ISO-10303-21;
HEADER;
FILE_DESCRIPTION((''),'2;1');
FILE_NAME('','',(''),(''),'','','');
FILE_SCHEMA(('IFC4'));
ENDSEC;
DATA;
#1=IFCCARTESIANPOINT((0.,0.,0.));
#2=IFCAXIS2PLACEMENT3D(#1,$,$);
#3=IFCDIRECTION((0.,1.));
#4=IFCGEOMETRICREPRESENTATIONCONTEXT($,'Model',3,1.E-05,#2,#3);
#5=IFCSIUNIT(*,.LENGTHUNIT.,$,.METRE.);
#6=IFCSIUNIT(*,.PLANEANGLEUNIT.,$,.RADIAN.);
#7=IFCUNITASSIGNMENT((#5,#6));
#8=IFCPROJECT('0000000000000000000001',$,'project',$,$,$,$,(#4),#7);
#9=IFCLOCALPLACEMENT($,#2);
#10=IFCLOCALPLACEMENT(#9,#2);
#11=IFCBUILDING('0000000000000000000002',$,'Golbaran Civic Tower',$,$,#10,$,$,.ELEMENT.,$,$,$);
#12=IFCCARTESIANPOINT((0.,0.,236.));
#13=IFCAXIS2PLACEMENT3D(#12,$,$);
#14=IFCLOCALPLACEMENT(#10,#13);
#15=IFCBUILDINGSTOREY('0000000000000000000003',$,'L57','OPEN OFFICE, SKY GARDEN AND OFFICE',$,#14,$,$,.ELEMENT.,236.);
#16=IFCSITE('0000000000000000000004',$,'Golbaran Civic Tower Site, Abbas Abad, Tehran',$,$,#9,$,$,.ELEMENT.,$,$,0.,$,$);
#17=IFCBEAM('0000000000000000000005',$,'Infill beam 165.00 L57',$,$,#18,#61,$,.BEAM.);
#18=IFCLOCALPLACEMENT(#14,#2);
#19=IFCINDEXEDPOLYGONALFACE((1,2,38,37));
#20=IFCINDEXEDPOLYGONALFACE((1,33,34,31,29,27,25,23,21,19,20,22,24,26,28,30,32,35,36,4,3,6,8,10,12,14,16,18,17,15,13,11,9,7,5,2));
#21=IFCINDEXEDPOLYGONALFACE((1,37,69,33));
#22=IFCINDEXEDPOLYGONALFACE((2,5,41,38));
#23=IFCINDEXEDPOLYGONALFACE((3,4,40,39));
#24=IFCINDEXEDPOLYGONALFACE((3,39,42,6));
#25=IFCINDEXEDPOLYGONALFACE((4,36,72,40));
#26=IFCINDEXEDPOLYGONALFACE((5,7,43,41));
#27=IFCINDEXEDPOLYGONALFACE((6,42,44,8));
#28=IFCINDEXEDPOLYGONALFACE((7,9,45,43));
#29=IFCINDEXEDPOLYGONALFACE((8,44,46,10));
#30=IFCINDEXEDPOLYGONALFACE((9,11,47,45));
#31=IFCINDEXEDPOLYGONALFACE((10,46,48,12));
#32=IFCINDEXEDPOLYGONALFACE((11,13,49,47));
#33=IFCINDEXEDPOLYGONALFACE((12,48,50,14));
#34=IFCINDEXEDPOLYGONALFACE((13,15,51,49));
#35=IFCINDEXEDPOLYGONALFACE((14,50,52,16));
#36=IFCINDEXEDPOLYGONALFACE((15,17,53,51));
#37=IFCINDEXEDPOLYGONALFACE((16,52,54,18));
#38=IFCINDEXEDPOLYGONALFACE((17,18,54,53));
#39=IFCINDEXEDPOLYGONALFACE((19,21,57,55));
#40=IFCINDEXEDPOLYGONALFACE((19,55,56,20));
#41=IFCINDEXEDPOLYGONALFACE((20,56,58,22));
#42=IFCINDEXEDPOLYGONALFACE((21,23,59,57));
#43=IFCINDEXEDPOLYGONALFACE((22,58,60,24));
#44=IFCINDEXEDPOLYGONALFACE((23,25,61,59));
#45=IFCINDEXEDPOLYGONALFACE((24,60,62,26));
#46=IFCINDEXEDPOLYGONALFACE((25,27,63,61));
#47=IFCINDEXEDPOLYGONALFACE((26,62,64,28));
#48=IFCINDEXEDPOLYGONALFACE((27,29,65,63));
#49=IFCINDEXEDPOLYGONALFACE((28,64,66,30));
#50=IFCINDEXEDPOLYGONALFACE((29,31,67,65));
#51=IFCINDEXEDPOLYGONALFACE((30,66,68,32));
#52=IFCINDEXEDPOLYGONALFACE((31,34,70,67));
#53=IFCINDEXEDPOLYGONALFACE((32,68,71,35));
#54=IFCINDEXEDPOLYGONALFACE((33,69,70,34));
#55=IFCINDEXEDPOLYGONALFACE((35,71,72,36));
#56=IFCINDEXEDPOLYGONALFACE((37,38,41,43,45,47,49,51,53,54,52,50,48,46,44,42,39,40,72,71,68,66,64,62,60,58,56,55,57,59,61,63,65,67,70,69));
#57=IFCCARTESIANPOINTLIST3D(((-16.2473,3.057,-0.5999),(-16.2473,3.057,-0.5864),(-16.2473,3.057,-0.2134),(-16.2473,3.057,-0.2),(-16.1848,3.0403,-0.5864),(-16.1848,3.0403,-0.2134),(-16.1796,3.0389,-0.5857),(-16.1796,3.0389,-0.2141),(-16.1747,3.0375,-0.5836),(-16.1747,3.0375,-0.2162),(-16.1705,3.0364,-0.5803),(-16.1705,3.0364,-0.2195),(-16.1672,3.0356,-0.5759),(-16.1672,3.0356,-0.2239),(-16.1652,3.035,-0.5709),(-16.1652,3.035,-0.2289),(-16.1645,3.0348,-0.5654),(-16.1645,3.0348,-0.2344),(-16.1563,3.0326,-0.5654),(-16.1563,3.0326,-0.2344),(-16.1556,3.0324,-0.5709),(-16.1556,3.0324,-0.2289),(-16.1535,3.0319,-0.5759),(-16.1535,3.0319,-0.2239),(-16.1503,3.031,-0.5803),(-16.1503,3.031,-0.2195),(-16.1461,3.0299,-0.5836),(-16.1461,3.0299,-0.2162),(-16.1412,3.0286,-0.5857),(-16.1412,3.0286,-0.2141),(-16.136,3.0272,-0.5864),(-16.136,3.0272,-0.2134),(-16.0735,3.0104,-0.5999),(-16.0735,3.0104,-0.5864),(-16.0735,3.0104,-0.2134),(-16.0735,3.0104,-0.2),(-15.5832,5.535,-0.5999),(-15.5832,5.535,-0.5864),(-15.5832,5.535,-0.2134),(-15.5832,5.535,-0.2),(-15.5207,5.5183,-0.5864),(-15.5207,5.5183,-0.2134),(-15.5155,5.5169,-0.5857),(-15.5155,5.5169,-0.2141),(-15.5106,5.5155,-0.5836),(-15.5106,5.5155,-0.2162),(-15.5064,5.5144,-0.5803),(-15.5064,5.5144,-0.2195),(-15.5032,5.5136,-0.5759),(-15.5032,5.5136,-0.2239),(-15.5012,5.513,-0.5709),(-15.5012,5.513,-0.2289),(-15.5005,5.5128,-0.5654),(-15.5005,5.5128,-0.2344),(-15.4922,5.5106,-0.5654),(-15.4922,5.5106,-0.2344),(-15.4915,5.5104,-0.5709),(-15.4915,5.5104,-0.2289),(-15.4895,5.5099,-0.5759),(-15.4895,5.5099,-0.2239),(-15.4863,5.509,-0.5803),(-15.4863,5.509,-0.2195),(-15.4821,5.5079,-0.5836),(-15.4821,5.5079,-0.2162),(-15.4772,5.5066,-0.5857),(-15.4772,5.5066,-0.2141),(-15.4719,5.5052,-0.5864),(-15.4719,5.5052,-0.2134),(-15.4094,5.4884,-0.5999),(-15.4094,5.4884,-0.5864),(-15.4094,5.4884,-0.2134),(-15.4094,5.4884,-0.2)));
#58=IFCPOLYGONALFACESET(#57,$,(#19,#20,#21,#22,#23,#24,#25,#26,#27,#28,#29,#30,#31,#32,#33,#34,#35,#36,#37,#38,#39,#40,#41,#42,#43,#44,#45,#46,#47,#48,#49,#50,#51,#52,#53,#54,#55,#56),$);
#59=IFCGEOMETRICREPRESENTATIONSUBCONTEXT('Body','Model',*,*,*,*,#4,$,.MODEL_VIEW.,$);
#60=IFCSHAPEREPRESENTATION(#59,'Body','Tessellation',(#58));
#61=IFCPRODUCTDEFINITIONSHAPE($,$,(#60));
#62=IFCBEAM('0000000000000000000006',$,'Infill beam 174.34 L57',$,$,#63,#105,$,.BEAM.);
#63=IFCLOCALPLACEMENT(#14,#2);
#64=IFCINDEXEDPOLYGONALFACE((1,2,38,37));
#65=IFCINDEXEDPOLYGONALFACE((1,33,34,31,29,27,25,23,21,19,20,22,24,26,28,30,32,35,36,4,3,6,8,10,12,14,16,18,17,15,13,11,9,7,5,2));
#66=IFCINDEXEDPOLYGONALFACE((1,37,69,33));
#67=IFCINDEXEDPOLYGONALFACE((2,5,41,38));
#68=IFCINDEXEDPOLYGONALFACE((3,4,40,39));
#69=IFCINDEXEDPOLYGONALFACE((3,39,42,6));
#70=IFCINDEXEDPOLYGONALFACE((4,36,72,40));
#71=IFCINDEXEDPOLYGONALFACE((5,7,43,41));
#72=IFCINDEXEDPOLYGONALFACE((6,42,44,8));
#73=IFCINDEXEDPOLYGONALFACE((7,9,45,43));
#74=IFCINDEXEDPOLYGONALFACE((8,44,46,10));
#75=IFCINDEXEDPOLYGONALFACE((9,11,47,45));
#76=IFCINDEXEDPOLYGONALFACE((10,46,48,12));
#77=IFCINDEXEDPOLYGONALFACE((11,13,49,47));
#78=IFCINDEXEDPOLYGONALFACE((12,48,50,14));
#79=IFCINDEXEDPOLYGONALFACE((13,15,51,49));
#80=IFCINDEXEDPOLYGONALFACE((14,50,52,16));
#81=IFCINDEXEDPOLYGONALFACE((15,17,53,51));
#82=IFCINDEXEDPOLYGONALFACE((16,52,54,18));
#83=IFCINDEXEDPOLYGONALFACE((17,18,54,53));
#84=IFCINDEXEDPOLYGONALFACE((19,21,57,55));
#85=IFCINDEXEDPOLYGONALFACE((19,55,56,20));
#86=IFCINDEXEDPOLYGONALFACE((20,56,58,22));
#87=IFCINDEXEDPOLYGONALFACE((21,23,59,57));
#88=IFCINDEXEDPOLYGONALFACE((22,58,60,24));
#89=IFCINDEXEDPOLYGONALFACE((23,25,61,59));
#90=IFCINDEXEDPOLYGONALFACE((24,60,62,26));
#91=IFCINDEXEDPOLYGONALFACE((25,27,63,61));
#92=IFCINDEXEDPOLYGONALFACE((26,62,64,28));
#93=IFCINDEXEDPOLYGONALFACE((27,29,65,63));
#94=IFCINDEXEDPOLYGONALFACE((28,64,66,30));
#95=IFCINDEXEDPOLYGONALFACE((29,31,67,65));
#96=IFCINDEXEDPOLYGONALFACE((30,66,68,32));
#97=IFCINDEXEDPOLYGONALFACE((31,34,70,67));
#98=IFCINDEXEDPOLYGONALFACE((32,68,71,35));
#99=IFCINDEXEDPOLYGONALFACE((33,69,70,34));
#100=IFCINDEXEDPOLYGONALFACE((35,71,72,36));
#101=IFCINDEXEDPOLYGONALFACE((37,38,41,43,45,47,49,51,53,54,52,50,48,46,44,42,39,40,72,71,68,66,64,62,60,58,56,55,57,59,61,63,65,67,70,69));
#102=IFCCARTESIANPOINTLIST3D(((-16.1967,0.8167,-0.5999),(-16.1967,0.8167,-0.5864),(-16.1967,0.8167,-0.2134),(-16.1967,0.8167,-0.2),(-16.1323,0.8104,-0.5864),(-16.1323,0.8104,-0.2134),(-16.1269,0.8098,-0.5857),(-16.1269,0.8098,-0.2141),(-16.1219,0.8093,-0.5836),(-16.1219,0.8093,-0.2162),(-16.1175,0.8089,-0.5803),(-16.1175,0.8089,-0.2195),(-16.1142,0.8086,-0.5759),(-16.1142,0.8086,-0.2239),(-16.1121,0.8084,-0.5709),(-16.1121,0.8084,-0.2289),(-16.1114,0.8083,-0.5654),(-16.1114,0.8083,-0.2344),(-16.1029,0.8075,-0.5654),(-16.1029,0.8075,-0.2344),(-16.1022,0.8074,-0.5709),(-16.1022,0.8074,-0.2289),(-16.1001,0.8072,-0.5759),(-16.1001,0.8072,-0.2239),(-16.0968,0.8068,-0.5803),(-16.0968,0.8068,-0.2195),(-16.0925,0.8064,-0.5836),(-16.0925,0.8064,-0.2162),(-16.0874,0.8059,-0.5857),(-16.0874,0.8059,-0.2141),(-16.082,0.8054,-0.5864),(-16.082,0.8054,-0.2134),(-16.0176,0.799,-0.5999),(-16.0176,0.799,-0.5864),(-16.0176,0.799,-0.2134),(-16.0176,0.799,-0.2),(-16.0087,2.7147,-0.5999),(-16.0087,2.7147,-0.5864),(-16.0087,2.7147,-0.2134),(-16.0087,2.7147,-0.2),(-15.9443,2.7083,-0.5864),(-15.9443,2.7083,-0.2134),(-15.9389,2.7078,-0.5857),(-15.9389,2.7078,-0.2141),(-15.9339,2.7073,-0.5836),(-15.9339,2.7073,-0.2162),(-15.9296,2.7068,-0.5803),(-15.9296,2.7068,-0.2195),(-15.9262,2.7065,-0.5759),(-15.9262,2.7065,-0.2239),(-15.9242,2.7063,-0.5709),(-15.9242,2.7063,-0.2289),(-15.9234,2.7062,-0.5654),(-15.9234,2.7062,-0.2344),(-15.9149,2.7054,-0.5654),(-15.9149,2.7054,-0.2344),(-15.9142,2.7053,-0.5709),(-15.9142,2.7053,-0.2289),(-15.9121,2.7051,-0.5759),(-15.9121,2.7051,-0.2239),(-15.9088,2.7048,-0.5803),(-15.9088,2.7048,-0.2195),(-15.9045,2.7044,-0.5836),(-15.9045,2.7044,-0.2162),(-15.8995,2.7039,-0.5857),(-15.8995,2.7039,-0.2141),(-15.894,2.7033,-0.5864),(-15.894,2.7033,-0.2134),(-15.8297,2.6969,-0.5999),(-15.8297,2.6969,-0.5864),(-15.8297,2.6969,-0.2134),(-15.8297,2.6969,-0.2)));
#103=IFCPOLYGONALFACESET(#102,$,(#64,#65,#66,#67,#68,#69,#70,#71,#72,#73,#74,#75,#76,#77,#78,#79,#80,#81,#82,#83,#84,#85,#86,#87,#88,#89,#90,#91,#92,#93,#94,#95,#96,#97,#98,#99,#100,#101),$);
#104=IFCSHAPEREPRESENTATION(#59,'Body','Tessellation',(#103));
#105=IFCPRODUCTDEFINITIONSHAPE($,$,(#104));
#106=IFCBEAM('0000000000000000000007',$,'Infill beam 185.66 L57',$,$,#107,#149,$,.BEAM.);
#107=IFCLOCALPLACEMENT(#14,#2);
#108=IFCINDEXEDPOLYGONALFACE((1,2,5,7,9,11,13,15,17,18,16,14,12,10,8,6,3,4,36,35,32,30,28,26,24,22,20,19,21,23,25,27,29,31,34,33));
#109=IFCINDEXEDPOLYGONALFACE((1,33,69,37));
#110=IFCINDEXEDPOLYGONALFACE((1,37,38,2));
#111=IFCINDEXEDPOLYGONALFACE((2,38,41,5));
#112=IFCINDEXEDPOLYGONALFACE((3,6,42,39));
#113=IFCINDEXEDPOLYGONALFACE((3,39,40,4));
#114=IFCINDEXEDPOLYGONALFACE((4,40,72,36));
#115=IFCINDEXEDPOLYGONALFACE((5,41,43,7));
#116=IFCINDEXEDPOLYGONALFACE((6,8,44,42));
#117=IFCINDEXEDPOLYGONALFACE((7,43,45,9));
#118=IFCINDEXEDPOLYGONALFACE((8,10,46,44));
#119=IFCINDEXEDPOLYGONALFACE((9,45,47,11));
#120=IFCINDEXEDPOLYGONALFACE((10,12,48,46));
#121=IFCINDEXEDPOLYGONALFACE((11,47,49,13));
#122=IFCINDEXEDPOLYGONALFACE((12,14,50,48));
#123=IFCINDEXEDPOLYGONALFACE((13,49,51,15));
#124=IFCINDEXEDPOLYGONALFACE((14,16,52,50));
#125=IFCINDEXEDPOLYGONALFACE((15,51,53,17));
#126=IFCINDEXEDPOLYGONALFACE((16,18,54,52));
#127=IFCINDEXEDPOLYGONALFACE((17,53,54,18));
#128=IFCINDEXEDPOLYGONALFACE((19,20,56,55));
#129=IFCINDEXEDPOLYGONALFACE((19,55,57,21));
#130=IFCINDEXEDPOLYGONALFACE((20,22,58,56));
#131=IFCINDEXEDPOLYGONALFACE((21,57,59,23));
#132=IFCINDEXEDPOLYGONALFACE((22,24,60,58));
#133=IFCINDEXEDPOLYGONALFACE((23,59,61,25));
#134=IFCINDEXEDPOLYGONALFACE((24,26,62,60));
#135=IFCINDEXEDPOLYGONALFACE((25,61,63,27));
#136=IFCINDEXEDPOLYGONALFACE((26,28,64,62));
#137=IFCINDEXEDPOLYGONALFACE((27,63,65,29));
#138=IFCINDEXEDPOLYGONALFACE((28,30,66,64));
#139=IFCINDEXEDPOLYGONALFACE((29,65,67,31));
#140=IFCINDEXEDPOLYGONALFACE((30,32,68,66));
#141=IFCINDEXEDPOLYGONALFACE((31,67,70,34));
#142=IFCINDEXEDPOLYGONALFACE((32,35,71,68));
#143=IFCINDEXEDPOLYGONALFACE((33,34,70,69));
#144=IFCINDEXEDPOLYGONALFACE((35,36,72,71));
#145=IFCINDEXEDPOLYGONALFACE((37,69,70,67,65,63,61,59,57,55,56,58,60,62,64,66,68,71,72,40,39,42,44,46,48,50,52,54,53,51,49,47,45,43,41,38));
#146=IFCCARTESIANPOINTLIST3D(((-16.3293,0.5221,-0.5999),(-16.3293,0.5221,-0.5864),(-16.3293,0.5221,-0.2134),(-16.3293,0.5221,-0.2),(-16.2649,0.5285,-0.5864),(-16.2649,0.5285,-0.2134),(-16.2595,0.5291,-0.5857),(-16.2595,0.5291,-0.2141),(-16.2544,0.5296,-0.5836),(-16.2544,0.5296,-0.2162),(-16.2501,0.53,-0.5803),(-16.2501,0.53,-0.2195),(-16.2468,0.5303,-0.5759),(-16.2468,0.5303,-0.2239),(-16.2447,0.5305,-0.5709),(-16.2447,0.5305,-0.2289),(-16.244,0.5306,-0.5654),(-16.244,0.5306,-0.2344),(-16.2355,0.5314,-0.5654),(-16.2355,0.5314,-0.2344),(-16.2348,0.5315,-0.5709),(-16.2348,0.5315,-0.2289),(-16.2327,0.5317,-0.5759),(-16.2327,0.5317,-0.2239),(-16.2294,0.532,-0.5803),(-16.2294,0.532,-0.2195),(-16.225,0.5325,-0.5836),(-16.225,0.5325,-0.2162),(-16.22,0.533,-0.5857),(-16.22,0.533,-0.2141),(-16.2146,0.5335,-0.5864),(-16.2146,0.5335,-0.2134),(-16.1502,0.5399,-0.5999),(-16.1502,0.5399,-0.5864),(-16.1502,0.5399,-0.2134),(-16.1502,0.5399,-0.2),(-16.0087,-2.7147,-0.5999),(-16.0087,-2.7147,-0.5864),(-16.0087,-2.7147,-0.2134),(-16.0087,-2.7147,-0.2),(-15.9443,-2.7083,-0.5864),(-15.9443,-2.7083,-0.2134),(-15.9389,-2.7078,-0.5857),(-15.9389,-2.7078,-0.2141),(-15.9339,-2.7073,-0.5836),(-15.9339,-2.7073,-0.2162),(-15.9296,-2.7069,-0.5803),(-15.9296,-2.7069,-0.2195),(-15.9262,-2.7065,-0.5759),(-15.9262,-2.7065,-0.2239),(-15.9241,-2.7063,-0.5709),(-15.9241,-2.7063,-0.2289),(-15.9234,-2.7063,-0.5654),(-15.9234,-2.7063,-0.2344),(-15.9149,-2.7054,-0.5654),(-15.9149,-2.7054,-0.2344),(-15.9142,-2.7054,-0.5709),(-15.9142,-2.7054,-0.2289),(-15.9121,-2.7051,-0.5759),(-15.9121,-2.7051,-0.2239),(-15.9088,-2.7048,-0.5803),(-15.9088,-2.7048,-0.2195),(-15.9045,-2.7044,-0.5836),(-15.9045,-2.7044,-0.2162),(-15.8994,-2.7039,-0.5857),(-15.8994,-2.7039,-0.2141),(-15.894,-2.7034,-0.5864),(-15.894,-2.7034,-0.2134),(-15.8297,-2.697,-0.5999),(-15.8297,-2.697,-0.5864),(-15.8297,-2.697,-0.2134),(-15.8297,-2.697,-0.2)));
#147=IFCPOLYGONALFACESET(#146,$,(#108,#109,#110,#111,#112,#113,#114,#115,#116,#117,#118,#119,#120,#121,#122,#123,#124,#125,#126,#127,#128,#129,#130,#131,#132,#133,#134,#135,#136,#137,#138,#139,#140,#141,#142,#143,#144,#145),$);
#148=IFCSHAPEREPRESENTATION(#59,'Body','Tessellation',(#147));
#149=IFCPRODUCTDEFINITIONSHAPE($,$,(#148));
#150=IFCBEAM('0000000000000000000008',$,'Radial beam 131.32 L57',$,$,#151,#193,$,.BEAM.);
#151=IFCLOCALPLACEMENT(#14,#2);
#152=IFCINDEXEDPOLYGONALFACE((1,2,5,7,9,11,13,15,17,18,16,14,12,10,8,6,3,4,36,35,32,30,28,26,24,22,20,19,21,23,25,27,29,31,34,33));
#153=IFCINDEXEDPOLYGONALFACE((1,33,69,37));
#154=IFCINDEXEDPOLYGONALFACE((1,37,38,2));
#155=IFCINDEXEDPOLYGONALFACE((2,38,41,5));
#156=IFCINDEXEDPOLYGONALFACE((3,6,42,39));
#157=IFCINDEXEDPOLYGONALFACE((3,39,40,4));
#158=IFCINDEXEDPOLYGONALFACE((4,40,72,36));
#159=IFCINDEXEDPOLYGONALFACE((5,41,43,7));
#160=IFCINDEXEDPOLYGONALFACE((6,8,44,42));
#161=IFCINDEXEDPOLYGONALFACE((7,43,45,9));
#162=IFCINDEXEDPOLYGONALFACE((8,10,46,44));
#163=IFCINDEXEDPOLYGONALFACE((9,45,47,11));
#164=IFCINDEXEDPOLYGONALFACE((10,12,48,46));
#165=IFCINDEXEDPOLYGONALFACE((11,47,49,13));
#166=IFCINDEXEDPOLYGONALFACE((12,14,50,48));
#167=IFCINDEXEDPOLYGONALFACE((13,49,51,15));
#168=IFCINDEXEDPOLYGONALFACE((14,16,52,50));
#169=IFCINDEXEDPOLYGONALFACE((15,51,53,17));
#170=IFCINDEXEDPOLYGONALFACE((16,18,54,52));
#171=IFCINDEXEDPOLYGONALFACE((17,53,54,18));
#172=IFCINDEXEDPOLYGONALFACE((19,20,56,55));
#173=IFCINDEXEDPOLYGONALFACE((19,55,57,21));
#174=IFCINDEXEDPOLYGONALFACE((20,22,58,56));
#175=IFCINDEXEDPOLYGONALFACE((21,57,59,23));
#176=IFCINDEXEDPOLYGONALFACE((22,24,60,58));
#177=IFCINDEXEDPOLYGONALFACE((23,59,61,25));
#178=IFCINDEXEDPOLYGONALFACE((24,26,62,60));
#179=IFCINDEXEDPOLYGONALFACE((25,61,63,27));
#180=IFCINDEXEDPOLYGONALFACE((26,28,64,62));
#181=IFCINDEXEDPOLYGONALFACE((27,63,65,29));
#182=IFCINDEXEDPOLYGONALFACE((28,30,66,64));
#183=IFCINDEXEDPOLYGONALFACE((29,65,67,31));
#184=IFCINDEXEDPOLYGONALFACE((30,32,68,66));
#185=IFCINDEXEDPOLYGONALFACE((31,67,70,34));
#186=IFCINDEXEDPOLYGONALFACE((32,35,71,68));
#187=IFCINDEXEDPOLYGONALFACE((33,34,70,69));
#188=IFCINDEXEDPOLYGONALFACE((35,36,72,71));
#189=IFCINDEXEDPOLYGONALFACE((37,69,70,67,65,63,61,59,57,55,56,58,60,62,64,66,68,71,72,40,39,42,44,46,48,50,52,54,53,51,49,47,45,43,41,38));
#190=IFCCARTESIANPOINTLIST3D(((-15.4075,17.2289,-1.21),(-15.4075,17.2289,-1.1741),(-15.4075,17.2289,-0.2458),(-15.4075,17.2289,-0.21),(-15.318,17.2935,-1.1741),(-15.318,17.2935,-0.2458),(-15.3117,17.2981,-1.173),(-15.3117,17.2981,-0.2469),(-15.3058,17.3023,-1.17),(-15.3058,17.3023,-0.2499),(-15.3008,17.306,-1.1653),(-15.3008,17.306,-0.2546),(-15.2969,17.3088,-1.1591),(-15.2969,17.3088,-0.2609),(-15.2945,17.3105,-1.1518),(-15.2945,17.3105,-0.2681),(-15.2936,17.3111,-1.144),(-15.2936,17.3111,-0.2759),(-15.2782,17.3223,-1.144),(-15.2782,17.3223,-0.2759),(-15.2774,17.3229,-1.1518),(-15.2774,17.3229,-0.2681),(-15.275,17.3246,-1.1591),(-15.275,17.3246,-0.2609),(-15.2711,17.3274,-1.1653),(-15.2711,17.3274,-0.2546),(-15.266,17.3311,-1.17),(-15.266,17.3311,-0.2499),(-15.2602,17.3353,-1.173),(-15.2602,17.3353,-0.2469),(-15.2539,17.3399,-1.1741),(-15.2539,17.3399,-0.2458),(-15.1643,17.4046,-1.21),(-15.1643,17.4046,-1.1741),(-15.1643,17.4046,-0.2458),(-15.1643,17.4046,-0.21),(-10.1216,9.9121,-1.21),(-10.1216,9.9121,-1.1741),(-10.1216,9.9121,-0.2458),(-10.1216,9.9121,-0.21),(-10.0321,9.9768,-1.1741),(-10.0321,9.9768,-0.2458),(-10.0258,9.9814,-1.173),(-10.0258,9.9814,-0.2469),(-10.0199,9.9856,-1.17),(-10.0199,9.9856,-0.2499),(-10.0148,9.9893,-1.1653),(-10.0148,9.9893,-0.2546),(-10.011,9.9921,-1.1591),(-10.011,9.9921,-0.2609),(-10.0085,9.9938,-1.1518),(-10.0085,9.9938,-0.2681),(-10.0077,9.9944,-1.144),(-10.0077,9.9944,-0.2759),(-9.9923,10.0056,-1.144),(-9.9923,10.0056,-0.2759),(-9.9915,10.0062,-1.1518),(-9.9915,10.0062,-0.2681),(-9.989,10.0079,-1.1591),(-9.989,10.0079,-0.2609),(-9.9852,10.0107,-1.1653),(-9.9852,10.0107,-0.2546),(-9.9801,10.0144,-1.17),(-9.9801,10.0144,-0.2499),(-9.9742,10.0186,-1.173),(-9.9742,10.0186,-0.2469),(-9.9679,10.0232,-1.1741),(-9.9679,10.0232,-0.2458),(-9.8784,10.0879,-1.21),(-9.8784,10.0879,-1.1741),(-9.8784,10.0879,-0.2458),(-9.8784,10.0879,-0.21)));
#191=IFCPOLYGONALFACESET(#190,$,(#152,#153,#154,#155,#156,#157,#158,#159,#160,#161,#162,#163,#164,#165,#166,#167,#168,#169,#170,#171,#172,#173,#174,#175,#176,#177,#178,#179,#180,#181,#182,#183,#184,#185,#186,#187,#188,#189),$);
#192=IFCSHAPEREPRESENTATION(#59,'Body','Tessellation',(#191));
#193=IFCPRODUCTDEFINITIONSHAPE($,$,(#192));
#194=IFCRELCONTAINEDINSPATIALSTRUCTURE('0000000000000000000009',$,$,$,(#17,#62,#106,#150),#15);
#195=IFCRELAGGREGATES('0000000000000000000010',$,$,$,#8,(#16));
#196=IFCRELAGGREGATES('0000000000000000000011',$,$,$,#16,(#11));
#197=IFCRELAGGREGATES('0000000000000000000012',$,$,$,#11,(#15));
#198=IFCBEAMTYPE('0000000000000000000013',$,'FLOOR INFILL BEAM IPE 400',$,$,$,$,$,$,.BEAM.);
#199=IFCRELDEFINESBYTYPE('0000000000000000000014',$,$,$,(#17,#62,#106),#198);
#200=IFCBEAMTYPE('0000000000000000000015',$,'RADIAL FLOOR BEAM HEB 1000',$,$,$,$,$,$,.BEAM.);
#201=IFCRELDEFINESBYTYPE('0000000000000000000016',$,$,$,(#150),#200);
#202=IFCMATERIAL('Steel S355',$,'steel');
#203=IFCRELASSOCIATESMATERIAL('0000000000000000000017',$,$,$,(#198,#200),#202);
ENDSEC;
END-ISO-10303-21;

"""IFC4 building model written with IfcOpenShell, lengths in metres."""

from ifc_helpers import new_model, si_unit, direction, frame, origin, origin_2d, place, context, subcontext, project, spatial, i_section, extrude, material, material_profile, profile_set, type_object, element, save


model = new_model("IFC4")

# Units and contexts
model_context = context("Model", 3, precision=1e-05, world=origin(), true_north=direction((0.0, 1.0)))
body_context = subcontext(model_context, "Body", "Model", "MODEL_VIEW")
ifc_project = project(units=[si_unit("LENGTHUNIT", "METRE"), si_unit("PLANEANGLEUNIT", "RADIAN")], contexts=[model_context])

# Site, building, storey
site_placement = place(None, origin())
site = spatial("IfcSite", under=ifc_project, at=site_placement, Name="Golbaran Civic Tower Site, Abbas Abad, Tehran", CompositionType="ELEMENT", RefElevation=0.0)
building_placement = place(site_placement, origin())
building = spatial("IfcBuilding", under=site, at=building_placement, Name="Golbaran Civic Tower", CompositionType="ELEMENT")
storey_placement = place(building_placement, frame((0.0, 0.0, 236.0)))
storey = spatial("IfcBuildingStorey", under=building, at=storey_placement, Name="L57", Description="OPEN OFFICE, SKY GARDEN AND OFFICE", CompositionType="ELEMENT", Elevation=236.0)

# Beams
ifc_material_1 = material(Name="Steel S355", Category="steel")
ifc_material_profile_1 = material_profile(ifc_material_1, i_section(OverallWidth=0.1799, OverallDepth=0.3999, WebThickness=0.0085, FlangeThickness=0.0134, FilletRadius=0.021, at=origin_2d()), Name="IPE 400")
ifc_profile_set_1 = profile_set([ifc_material_profile_1], Name="Steel S355")
beam_type_1 = type_object("IfcBeamType", Name="FLOOR INFILL BEAM IPE 400", PredefinedType="BEAM", material=ifc_profile_set_1)
beam_1_placement = place(storey_placement, frame((-15.4963, 5.5117, -0.3999), z_axis=(-0.258847, -0.965918, 0.0), x_axis=(0.965918, -0.258847, 0.0)))
element("IfcBeam", 1, at=beam_1_placement, inside=storey, type_object=beam_type_1, Name="Infill beam 165.00 L57", PredefinedType="BEAM", context=body_context, shape_type="SweptSolid", body=[
    extrude(i_section(OverallWidth=0.1799, OverallDepth=0.3999, WebThickness=0.0085, FlangeThickness=0.0134, FilletRadius=0.021, at=origin_2d()), origin(), (0.0, 0.0, 1.0), 2.5654),
])
beam_2_placement = place(storey_placement, frame((-15.9192, 2.7058, -0.3999), z_axis=(-0.098566, -0.995131, 0.0), x_axis=(0.995131, -0.098566, 0.0)))
element("IfcBeam", 2, at=beam_2_placement, inside=storey, type_object=beam_type_1, Name="Infill beam 174.34 L57", PredefinedType="BEAM", context=body_context, shape_type="SweptSolid", body=[
    extrude(i_section(OverallWidth=0.1799, OverallDepth=0.3999, WebThickness=0.0085, FlangeThickness=0.0134, FilletRadius=0.021, at=origin_2d()), origin(), (0.0, 0.0, 1.0), 1.9072),
])
beam_3_placement = place(storey_placement, frame((-16.2397, 0.531, -0.3999), z_axis=(0.098552, -0.995132, 0.0), x_axis=(0.995132, 0.098552, 0.0)))
element("IfcBeam", 3, at=beam_3_placement, inside=storey, type_object=beam_type_1, Name="Infill beam 185.66 L57", PredefinedType="BEAM", context=body_context, shape_type="SweptSolid", body=[
    extrude(i_section(OverallWidth=0.1799, OverallDepth=0.3999, WebThickness=0.0085, FlangeThickness=0.0134, FilletRadius=0.021, at=origin_2d()), origin(), (0.0, 0.0, 1.0), 3.2527),
])
ifc_material_profile_2 = material_profile(ifc_material_1, i_section(OverallWidth=0.3, OverallDepth=1.0, WebThickness=0.019, FlangeThickness=0.0359, FilletRadius=0.03, at=origin_2d()), Name="HEB 1000")
ifc_profile_set_2 = profile_set([ifc_material_profile_2], Name="Steel S355")
beam_type_2 = type_object("IfcBeamType", Name="RADIAL FLOOR BEAM HEB 1000", PredefinedType="BEAM", material=ifc_profile_set_2)
beam_4_placement = place(storey_placement, frame((-10.0, 10.0, -0.71), z_axis=(-0.58561, 0.810593, 0.0), x_axis=(-0.810593, -0.58561, 0.0)))
element("IfcBeam", 4, at=beam_4_placement, inside=storey, type_object=beam_type_2, Name="Radial beam 131.32 L57", PredefinedType="BEAM", context=body_context, shape_type="SweptSolid", body=[
    extrude(i_section(OverallWidth=0.3, OverallDepth=1.0, WebThickness=0.019, FlangeThickness=0.0359, FilletRadius=0.03, at=origin_2d()), origin(), (0.0, 0.0, 1.0), 9.0264),
])

save(model, "model.ifc")
